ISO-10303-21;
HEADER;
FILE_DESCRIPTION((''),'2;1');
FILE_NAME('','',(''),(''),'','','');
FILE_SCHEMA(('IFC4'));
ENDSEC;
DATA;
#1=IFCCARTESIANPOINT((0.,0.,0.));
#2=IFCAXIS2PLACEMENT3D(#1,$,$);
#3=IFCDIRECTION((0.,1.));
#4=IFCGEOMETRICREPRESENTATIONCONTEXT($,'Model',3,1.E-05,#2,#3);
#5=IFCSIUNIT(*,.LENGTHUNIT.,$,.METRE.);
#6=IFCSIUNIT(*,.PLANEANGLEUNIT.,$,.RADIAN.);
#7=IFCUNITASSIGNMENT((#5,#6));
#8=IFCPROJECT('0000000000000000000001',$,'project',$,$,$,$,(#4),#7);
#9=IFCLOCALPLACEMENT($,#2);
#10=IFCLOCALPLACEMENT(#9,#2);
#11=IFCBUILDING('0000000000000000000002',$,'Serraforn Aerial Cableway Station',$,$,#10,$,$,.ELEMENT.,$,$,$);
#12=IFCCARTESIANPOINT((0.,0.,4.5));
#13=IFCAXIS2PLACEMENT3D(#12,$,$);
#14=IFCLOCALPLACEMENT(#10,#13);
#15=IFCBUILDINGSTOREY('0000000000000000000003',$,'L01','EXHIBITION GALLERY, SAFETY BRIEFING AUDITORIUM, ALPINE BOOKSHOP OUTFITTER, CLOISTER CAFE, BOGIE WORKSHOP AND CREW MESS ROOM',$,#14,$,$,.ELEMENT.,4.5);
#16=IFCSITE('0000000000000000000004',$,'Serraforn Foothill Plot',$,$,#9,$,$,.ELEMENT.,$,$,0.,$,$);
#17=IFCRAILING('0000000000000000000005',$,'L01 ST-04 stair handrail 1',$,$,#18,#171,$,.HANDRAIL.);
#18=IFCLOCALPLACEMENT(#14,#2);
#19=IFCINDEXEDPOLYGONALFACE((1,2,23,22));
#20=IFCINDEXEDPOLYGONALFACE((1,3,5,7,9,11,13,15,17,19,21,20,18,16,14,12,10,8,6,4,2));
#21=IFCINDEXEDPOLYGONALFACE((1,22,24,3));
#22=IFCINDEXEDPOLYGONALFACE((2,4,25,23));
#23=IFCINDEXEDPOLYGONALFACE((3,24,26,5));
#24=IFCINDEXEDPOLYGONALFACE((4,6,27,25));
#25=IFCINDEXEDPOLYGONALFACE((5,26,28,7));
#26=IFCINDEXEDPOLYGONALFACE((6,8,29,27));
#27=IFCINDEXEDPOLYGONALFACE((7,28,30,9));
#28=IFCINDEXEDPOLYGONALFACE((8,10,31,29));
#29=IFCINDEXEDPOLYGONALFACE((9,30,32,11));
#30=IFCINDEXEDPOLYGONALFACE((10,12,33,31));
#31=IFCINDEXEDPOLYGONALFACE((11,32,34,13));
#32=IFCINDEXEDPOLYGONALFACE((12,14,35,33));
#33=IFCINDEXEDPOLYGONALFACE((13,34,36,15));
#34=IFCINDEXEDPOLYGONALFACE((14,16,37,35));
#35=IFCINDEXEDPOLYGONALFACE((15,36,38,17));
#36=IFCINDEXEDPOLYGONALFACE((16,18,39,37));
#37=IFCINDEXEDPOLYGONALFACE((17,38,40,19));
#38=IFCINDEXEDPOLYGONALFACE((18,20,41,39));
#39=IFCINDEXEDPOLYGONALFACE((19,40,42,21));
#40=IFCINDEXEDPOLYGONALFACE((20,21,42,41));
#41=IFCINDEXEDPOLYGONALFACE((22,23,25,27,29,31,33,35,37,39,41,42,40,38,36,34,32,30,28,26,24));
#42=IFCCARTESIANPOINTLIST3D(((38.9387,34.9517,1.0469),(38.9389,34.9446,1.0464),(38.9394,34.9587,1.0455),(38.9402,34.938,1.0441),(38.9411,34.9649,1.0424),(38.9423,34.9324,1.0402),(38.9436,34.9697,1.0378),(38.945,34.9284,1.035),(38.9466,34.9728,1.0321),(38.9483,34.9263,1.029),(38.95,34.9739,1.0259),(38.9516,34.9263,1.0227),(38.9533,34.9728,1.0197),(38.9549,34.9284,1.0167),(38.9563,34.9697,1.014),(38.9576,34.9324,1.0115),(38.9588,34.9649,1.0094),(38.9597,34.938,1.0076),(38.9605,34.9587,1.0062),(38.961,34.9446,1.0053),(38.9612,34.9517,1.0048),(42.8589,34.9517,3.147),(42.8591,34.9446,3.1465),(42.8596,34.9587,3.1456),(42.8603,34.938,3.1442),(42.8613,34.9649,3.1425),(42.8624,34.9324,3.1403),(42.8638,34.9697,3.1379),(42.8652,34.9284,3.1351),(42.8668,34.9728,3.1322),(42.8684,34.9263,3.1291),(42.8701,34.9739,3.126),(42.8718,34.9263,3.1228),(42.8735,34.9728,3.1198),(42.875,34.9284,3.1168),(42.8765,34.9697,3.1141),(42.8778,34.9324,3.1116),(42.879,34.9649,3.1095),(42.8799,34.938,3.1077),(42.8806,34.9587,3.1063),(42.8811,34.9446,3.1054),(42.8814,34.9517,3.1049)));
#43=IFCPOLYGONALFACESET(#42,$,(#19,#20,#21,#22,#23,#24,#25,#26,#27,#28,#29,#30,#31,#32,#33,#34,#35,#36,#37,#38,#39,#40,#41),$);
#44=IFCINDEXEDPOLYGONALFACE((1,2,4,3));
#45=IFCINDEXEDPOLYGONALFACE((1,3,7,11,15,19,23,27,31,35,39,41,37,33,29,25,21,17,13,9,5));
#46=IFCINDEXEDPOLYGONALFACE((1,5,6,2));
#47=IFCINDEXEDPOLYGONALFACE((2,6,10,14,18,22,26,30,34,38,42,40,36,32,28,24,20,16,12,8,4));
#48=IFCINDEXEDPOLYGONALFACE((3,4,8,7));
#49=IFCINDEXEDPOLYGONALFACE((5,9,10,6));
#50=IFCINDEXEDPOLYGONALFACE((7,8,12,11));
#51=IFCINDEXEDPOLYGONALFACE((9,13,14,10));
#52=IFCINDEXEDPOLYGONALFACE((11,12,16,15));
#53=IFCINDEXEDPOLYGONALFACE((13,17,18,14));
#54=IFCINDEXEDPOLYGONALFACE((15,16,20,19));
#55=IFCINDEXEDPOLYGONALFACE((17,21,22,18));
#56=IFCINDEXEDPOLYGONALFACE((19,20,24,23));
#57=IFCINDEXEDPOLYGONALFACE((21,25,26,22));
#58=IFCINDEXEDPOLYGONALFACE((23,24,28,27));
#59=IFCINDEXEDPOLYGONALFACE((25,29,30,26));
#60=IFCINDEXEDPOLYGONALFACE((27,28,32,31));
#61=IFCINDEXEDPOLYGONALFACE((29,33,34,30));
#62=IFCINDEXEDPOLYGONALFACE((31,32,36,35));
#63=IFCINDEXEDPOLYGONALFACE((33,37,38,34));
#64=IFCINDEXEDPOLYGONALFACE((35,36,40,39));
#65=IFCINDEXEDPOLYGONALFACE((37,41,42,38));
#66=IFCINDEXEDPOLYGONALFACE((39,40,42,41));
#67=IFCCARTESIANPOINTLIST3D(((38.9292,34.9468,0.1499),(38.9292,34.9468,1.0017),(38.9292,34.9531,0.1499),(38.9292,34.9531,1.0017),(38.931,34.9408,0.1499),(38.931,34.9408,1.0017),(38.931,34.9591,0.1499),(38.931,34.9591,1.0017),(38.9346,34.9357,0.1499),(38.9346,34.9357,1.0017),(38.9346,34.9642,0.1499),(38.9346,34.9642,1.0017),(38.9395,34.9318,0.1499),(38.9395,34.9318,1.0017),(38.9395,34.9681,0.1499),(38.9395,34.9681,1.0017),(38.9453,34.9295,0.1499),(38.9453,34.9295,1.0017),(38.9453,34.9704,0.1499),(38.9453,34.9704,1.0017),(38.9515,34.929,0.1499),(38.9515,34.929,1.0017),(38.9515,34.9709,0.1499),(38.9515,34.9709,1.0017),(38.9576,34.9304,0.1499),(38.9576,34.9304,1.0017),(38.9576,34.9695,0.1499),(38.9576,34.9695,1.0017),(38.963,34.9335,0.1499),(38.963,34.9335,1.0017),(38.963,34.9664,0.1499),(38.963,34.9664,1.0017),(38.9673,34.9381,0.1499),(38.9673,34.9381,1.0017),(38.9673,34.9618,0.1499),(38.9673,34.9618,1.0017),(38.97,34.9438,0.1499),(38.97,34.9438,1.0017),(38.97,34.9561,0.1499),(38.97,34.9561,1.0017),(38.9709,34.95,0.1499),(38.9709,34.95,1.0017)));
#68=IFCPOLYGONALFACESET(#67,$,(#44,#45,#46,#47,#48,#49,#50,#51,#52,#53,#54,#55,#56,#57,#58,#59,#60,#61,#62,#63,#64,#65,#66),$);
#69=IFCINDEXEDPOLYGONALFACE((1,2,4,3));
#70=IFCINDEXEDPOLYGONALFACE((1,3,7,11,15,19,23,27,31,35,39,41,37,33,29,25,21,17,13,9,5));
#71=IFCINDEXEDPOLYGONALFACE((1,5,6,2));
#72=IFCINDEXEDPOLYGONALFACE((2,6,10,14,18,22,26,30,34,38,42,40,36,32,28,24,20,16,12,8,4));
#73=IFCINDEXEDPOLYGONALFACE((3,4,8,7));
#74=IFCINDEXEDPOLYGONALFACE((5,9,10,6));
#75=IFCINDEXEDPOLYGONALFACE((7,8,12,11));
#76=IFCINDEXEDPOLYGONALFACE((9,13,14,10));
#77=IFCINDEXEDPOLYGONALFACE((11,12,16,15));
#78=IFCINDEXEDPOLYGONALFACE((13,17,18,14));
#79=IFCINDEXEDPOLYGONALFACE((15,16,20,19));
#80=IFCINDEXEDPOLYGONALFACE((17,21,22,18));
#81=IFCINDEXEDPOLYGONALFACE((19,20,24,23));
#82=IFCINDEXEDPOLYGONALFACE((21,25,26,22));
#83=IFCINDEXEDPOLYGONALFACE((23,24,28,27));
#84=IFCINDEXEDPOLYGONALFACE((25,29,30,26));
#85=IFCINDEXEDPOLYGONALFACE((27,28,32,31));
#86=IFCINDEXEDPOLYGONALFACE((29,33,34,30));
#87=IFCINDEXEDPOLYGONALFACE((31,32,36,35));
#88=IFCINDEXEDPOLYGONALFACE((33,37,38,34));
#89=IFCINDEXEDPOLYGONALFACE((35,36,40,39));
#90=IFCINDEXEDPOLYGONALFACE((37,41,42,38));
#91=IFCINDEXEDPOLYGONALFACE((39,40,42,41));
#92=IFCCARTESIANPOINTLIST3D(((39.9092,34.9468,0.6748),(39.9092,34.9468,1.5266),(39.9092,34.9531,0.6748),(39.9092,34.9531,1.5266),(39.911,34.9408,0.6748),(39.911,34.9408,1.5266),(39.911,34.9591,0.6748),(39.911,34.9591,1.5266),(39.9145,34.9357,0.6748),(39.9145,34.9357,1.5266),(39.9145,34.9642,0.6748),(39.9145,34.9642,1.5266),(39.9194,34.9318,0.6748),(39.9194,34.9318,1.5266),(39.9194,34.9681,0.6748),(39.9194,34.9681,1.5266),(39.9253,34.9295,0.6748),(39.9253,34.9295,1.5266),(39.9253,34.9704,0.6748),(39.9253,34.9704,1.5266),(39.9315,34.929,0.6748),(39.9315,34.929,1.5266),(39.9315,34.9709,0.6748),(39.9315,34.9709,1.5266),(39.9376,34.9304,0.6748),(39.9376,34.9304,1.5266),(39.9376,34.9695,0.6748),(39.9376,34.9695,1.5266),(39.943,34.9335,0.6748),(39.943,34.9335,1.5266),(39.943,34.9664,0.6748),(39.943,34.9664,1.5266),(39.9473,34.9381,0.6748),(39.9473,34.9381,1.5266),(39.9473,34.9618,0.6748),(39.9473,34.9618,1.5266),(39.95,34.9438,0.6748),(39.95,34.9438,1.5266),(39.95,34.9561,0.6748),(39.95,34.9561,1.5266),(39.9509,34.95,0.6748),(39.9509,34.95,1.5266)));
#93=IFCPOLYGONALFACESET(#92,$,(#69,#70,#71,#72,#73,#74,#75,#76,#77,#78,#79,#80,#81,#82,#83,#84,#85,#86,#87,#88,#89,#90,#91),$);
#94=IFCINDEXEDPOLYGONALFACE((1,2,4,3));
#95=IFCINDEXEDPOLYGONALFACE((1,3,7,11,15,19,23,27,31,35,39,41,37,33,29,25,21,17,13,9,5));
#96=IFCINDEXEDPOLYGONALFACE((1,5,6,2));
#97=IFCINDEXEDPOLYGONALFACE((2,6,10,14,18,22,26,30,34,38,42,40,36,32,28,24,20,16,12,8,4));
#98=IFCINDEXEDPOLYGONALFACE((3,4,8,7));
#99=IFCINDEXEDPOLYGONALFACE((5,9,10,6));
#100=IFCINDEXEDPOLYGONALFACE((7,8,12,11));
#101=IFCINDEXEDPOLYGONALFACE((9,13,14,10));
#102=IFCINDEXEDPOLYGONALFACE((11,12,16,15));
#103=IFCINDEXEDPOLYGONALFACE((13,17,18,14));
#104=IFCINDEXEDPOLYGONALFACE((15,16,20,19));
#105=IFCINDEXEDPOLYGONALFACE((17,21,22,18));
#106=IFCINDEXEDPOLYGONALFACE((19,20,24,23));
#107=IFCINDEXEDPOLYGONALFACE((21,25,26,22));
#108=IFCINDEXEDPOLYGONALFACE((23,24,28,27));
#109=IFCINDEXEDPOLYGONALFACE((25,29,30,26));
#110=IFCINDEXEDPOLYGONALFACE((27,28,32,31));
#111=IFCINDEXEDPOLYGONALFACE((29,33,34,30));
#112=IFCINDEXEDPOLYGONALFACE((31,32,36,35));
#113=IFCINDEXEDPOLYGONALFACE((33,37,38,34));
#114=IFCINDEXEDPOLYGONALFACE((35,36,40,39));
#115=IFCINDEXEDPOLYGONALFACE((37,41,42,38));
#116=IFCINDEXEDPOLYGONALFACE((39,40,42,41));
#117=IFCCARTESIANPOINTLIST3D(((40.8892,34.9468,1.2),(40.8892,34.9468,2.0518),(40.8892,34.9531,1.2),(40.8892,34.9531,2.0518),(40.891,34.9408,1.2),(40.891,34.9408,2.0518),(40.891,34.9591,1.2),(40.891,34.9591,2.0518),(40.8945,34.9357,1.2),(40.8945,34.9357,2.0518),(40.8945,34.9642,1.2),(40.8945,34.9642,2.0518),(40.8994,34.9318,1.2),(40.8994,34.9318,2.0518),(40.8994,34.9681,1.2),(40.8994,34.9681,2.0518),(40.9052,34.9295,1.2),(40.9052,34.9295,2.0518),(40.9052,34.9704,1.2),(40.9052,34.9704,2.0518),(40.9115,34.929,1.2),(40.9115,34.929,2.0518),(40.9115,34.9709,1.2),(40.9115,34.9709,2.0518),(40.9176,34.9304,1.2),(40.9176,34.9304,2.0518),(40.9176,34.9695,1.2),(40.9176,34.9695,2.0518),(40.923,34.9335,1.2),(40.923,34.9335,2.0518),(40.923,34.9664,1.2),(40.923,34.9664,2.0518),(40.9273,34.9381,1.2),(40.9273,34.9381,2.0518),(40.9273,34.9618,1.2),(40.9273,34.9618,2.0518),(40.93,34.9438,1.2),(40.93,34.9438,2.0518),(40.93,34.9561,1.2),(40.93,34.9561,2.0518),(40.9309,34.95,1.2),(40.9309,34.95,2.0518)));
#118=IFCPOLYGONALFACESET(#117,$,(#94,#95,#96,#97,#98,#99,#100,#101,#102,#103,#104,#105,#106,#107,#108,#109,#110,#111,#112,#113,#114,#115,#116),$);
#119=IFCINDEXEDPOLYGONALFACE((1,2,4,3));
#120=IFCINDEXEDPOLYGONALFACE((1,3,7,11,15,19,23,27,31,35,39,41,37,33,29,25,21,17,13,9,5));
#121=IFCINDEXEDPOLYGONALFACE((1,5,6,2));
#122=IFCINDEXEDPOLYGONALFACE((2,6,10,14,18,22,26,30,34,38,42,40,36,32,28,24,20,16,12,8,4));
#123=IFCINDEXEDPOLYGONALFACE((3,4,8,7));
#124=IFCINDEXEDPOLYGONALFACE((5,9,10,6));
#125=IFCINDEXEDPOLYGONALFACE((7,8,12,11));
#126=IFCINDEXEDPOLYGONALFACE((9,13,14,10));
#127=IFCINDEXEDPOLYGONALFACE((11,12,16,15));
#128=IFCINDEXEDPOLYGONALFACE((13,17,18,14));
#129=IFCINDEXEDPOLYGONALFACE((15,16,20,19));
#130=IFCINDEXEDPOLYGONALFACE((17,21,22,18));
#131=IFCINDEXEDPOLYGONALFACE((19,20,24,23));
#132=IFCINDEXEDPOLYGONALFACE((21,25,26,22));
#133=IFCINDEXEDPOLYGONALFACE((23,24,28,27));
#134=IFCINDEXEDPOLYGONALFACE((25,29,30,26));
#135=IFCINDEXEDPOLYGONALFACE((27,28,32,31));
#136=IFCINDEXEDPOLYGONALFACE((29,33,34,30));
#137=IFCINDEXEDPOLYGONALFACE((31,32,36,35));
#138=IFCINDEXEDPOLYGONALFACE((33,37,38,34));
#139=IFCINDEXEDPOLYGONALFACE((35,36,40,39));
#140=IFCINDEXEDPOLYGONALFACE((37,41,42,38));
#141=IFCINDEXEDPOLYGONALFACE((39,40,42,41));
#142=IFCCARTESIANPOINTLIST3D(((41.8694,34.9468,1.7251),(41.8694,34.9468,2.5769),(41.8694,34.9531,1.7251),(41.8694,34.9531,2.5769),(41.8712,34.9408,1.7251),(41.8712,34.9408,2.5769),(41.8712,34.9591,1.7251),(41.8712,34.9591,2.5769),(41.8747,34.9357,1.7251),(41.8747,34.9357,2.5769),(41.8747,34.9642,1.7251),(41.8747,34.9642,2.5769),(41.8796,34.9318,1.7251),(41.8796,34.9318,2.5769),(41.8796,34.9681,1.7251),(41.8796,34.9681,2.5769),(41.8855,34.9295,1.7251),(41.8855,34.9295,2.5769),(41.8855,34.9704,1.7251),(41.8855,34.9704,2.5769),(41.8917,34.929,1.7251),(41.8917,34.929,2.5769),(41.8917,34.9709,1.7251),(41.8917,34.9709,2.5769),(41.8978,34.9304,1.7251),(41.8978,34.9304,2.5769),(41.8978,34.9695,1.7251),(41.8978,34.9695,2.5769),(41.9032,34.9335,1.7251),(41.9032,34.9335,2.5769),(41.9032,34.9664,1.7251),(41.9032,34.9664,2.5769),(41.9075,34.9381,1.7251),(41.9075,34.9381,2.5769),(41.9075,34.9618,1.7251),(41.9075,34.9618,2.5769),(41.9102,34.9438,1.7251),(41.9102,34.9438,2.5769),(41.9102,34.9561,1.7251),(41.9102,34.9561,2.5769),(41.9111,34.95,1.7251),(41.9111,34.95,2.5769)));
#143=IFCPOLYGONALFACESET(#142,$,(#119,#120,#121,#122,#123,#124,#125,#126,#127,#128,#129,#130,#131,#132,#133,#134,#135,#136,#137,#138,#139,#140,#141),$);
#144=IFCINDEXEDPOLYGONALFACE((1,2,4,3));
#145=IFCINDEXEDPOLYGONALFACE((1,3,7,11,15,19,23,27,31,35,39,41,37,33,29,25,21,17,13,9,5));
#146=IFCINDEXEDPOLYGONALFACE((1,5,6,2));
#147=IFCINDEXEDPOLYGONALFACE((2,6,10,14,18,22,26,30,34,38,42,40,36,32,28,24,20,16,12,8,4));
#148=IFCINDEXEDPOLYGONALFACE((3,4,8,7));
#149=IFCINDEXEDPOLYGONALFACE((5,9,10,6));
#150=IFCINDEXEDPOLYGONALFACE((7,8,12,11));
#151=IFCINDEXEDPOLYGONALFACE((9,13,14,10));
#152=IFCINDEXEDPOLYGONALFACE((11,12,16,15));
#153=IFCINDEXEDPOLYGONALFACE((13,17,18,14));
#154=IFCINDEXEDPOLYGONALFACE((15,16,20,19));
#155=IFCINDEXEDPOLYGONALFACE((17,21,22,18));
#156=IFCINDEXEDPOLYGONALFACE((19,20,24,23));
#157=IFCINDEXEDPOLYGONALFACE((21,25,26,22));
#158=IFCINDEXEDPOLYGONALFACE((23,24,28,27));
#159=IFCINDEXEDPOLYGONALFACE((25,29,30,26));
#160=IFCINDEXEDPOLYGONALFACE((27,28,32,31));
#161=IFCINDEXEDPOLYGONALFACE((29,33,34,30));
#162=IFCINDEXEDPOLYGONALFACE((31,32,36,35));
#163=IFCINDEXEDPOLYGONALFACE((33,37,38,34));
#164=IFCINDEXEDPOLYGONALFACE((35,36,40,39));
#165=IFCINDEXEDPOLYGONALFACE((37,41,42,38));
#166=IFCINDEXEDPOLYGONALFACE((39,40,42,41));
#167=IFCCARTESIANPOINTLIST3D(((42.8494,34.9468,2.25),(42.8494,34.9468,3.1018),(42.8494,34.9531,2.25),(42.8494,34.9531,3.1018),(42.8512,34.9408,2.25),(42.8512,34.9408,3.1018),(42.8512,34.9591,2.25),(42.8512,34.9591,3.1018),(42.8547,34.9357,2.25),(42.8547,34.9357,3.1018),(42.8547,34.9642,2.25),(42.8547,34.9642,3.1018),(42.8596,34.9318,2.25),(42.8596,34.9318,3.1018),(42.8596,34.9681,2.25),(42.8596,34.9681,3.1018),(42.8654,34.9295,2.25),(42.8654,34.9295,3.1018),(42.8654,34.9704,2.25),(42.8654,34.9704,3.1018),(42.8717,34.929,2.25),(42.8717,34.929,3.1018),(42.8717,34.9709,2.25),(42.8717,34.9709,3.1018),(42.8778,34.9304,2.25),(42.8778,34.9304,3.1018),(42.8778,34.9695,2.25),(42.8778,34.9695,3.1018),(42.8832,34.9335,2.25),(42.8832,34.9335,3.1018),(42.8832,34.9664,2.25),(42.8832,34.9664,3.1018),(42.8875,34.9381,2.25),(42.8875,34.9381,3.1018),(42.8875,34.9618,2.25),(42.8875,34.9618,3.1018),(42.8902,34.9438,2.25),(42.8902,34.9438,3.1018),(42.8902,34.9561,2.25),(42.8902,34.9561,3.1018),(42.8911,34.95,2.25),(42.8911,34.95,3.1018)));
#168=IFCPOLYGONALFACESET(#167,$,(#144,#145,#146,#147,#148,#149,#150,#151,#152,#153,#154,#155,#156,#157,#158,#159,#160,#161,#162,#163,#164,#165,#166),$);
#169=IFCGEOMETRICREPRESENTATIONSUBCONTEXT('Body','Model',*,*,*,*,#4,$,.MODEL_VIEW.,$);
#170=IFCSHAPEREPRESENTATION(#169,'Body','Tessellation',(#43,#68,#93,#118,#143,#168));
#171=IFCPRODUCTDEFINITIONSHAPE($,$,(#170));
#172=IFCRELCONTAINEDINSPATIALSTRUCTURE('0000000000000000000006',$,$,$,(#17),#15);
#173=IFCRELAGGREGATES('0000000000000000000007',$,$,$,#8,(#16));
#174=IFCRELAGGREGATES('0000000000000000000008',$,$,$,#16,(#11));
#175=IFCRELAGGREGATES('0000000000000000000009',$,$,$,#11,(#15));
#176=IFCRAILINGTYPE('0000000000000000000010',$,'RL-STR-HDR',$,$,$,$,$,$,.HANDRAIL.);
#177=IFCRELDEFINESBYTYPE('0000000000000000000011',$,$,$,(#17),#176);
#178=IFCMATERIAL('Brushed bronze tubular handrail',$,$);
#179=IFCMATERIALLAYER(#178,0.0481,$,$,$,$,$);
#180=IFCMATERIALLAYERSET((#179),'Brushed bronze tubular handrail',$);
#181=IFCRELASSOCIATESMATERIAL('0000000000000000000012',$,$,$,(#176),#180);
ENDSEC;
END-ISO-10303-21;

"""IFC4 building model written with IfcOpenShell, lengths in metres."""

from ifc_helpers import new_model, si_unit, direction, frame, origin, origin_2d, place, context, subcontext, project, spatial, circle, extrude, material, layer, layer_set, type_object, element, save


model = new_model("IFC4")

# Units and contexts
model_context = context("Model", 3, precision=1e-05, world=origin(), true_north=direction((0.0, 1.0)))
body_context = subcontext(model_context, "Body", "Model", "MODEL_VIEW")
ifc_project = project(units=[si_unit("LENGTHUNIT", "METRE"), si_unit("PLANEANGLEUNIT", "RADIAN")], contexts=[model_context])

# Site, building, storey
site_placement = place(None, origin())
site = spatial("IfcSite", under=ifc_project, at=site_placement, Name="Serraforn Foothill Plot", CompositionType="ELEMENT", RefElevation=0.0)
building_placement = place(site_placement, origin())
building = spatial("IfcBuilding", under=site, at=building_placement, Name="Serraforn Aerial Cableway Station", CompositionType="ELEMENT")
storey_placement = place(building_placement, frame((0.0, 0.0, 4.5)))
storey = spatial("IfcBuildingStorey", under=building, at=storey_placement, Name="L01", Description="EXHIBITION GALLERY, SAFETY BRIEFING AUDITORIUM, ALPINE BOOKSHOP OUTFITTER, CLOISTER CAFE, BOGIE WORKSHOP AND CREW MESS ROOM", CompositionType="ELEMENT", Elevation=4.5)

# Railing
ifc_material_1 = material(Name="Brushed bronze tubular handrail")
ifc_layer_1 = layer(ifc_material_1, 0.0481)
ifc_layer_set_1 = layer_set([ifc_layer_1], Name="Brushed bronze tubular handrail")
railing_type_1 = type_object("IfcRailingType", Name="RL-STR-HDR", PredefinedType="HANDRAIL", material=ifc_layer_set_1)
railing_1_placement = place(storey_placement, frame((38.95, 34.95, 0.1499)))
element("IfcRailing", 1, at=railing_1_placement, inside=storey, type_object=railing_type_1, Name="L01 ST-04 stair handrail 1", PredefinedType="HANDRAIL", context=body_context, shape_type="SweptSolid", body=[
    extrude(circle(Radius=0.0239, at=origin_2d()), frame((0.0, 0.0, 0.876), z_axis=(0.881479, 0.0, 0.472223), x_axis=(0.0, 1.0, 0.0)), (0.0, 0.0, 1.0), 4.4473),
    extrude(circle(Radius=0.021, at=origin_2d()), origin(), (0.0, 0.0, 1.0), 0.8518),
    extrude(circle(Radius=0.021, at=origin_2d()), frame((0.98, 0.0, 0.5249)), (0.0, 0.0, 1.0), 0.8518),
    extrude(circle(Radius=0.021, at=origin_2d()), frame((1.96, 0.0, 1.05)), (0.0, 0.0, 1.0), 0.8518),
    extrude(circle(Radius=0.021, at=origin_2d()), frame((2.9402, 0.0, 1.5752)), (0.0, 0.0, 1.0), 0.8518),
    extrude(circle(Radius=0.021, at=origin_2d()), frame((3.9202, 0.0, 2.1001)), (0.0, 0.0, 1.0), 0.8518),
])

save(model, "model.ifc")
